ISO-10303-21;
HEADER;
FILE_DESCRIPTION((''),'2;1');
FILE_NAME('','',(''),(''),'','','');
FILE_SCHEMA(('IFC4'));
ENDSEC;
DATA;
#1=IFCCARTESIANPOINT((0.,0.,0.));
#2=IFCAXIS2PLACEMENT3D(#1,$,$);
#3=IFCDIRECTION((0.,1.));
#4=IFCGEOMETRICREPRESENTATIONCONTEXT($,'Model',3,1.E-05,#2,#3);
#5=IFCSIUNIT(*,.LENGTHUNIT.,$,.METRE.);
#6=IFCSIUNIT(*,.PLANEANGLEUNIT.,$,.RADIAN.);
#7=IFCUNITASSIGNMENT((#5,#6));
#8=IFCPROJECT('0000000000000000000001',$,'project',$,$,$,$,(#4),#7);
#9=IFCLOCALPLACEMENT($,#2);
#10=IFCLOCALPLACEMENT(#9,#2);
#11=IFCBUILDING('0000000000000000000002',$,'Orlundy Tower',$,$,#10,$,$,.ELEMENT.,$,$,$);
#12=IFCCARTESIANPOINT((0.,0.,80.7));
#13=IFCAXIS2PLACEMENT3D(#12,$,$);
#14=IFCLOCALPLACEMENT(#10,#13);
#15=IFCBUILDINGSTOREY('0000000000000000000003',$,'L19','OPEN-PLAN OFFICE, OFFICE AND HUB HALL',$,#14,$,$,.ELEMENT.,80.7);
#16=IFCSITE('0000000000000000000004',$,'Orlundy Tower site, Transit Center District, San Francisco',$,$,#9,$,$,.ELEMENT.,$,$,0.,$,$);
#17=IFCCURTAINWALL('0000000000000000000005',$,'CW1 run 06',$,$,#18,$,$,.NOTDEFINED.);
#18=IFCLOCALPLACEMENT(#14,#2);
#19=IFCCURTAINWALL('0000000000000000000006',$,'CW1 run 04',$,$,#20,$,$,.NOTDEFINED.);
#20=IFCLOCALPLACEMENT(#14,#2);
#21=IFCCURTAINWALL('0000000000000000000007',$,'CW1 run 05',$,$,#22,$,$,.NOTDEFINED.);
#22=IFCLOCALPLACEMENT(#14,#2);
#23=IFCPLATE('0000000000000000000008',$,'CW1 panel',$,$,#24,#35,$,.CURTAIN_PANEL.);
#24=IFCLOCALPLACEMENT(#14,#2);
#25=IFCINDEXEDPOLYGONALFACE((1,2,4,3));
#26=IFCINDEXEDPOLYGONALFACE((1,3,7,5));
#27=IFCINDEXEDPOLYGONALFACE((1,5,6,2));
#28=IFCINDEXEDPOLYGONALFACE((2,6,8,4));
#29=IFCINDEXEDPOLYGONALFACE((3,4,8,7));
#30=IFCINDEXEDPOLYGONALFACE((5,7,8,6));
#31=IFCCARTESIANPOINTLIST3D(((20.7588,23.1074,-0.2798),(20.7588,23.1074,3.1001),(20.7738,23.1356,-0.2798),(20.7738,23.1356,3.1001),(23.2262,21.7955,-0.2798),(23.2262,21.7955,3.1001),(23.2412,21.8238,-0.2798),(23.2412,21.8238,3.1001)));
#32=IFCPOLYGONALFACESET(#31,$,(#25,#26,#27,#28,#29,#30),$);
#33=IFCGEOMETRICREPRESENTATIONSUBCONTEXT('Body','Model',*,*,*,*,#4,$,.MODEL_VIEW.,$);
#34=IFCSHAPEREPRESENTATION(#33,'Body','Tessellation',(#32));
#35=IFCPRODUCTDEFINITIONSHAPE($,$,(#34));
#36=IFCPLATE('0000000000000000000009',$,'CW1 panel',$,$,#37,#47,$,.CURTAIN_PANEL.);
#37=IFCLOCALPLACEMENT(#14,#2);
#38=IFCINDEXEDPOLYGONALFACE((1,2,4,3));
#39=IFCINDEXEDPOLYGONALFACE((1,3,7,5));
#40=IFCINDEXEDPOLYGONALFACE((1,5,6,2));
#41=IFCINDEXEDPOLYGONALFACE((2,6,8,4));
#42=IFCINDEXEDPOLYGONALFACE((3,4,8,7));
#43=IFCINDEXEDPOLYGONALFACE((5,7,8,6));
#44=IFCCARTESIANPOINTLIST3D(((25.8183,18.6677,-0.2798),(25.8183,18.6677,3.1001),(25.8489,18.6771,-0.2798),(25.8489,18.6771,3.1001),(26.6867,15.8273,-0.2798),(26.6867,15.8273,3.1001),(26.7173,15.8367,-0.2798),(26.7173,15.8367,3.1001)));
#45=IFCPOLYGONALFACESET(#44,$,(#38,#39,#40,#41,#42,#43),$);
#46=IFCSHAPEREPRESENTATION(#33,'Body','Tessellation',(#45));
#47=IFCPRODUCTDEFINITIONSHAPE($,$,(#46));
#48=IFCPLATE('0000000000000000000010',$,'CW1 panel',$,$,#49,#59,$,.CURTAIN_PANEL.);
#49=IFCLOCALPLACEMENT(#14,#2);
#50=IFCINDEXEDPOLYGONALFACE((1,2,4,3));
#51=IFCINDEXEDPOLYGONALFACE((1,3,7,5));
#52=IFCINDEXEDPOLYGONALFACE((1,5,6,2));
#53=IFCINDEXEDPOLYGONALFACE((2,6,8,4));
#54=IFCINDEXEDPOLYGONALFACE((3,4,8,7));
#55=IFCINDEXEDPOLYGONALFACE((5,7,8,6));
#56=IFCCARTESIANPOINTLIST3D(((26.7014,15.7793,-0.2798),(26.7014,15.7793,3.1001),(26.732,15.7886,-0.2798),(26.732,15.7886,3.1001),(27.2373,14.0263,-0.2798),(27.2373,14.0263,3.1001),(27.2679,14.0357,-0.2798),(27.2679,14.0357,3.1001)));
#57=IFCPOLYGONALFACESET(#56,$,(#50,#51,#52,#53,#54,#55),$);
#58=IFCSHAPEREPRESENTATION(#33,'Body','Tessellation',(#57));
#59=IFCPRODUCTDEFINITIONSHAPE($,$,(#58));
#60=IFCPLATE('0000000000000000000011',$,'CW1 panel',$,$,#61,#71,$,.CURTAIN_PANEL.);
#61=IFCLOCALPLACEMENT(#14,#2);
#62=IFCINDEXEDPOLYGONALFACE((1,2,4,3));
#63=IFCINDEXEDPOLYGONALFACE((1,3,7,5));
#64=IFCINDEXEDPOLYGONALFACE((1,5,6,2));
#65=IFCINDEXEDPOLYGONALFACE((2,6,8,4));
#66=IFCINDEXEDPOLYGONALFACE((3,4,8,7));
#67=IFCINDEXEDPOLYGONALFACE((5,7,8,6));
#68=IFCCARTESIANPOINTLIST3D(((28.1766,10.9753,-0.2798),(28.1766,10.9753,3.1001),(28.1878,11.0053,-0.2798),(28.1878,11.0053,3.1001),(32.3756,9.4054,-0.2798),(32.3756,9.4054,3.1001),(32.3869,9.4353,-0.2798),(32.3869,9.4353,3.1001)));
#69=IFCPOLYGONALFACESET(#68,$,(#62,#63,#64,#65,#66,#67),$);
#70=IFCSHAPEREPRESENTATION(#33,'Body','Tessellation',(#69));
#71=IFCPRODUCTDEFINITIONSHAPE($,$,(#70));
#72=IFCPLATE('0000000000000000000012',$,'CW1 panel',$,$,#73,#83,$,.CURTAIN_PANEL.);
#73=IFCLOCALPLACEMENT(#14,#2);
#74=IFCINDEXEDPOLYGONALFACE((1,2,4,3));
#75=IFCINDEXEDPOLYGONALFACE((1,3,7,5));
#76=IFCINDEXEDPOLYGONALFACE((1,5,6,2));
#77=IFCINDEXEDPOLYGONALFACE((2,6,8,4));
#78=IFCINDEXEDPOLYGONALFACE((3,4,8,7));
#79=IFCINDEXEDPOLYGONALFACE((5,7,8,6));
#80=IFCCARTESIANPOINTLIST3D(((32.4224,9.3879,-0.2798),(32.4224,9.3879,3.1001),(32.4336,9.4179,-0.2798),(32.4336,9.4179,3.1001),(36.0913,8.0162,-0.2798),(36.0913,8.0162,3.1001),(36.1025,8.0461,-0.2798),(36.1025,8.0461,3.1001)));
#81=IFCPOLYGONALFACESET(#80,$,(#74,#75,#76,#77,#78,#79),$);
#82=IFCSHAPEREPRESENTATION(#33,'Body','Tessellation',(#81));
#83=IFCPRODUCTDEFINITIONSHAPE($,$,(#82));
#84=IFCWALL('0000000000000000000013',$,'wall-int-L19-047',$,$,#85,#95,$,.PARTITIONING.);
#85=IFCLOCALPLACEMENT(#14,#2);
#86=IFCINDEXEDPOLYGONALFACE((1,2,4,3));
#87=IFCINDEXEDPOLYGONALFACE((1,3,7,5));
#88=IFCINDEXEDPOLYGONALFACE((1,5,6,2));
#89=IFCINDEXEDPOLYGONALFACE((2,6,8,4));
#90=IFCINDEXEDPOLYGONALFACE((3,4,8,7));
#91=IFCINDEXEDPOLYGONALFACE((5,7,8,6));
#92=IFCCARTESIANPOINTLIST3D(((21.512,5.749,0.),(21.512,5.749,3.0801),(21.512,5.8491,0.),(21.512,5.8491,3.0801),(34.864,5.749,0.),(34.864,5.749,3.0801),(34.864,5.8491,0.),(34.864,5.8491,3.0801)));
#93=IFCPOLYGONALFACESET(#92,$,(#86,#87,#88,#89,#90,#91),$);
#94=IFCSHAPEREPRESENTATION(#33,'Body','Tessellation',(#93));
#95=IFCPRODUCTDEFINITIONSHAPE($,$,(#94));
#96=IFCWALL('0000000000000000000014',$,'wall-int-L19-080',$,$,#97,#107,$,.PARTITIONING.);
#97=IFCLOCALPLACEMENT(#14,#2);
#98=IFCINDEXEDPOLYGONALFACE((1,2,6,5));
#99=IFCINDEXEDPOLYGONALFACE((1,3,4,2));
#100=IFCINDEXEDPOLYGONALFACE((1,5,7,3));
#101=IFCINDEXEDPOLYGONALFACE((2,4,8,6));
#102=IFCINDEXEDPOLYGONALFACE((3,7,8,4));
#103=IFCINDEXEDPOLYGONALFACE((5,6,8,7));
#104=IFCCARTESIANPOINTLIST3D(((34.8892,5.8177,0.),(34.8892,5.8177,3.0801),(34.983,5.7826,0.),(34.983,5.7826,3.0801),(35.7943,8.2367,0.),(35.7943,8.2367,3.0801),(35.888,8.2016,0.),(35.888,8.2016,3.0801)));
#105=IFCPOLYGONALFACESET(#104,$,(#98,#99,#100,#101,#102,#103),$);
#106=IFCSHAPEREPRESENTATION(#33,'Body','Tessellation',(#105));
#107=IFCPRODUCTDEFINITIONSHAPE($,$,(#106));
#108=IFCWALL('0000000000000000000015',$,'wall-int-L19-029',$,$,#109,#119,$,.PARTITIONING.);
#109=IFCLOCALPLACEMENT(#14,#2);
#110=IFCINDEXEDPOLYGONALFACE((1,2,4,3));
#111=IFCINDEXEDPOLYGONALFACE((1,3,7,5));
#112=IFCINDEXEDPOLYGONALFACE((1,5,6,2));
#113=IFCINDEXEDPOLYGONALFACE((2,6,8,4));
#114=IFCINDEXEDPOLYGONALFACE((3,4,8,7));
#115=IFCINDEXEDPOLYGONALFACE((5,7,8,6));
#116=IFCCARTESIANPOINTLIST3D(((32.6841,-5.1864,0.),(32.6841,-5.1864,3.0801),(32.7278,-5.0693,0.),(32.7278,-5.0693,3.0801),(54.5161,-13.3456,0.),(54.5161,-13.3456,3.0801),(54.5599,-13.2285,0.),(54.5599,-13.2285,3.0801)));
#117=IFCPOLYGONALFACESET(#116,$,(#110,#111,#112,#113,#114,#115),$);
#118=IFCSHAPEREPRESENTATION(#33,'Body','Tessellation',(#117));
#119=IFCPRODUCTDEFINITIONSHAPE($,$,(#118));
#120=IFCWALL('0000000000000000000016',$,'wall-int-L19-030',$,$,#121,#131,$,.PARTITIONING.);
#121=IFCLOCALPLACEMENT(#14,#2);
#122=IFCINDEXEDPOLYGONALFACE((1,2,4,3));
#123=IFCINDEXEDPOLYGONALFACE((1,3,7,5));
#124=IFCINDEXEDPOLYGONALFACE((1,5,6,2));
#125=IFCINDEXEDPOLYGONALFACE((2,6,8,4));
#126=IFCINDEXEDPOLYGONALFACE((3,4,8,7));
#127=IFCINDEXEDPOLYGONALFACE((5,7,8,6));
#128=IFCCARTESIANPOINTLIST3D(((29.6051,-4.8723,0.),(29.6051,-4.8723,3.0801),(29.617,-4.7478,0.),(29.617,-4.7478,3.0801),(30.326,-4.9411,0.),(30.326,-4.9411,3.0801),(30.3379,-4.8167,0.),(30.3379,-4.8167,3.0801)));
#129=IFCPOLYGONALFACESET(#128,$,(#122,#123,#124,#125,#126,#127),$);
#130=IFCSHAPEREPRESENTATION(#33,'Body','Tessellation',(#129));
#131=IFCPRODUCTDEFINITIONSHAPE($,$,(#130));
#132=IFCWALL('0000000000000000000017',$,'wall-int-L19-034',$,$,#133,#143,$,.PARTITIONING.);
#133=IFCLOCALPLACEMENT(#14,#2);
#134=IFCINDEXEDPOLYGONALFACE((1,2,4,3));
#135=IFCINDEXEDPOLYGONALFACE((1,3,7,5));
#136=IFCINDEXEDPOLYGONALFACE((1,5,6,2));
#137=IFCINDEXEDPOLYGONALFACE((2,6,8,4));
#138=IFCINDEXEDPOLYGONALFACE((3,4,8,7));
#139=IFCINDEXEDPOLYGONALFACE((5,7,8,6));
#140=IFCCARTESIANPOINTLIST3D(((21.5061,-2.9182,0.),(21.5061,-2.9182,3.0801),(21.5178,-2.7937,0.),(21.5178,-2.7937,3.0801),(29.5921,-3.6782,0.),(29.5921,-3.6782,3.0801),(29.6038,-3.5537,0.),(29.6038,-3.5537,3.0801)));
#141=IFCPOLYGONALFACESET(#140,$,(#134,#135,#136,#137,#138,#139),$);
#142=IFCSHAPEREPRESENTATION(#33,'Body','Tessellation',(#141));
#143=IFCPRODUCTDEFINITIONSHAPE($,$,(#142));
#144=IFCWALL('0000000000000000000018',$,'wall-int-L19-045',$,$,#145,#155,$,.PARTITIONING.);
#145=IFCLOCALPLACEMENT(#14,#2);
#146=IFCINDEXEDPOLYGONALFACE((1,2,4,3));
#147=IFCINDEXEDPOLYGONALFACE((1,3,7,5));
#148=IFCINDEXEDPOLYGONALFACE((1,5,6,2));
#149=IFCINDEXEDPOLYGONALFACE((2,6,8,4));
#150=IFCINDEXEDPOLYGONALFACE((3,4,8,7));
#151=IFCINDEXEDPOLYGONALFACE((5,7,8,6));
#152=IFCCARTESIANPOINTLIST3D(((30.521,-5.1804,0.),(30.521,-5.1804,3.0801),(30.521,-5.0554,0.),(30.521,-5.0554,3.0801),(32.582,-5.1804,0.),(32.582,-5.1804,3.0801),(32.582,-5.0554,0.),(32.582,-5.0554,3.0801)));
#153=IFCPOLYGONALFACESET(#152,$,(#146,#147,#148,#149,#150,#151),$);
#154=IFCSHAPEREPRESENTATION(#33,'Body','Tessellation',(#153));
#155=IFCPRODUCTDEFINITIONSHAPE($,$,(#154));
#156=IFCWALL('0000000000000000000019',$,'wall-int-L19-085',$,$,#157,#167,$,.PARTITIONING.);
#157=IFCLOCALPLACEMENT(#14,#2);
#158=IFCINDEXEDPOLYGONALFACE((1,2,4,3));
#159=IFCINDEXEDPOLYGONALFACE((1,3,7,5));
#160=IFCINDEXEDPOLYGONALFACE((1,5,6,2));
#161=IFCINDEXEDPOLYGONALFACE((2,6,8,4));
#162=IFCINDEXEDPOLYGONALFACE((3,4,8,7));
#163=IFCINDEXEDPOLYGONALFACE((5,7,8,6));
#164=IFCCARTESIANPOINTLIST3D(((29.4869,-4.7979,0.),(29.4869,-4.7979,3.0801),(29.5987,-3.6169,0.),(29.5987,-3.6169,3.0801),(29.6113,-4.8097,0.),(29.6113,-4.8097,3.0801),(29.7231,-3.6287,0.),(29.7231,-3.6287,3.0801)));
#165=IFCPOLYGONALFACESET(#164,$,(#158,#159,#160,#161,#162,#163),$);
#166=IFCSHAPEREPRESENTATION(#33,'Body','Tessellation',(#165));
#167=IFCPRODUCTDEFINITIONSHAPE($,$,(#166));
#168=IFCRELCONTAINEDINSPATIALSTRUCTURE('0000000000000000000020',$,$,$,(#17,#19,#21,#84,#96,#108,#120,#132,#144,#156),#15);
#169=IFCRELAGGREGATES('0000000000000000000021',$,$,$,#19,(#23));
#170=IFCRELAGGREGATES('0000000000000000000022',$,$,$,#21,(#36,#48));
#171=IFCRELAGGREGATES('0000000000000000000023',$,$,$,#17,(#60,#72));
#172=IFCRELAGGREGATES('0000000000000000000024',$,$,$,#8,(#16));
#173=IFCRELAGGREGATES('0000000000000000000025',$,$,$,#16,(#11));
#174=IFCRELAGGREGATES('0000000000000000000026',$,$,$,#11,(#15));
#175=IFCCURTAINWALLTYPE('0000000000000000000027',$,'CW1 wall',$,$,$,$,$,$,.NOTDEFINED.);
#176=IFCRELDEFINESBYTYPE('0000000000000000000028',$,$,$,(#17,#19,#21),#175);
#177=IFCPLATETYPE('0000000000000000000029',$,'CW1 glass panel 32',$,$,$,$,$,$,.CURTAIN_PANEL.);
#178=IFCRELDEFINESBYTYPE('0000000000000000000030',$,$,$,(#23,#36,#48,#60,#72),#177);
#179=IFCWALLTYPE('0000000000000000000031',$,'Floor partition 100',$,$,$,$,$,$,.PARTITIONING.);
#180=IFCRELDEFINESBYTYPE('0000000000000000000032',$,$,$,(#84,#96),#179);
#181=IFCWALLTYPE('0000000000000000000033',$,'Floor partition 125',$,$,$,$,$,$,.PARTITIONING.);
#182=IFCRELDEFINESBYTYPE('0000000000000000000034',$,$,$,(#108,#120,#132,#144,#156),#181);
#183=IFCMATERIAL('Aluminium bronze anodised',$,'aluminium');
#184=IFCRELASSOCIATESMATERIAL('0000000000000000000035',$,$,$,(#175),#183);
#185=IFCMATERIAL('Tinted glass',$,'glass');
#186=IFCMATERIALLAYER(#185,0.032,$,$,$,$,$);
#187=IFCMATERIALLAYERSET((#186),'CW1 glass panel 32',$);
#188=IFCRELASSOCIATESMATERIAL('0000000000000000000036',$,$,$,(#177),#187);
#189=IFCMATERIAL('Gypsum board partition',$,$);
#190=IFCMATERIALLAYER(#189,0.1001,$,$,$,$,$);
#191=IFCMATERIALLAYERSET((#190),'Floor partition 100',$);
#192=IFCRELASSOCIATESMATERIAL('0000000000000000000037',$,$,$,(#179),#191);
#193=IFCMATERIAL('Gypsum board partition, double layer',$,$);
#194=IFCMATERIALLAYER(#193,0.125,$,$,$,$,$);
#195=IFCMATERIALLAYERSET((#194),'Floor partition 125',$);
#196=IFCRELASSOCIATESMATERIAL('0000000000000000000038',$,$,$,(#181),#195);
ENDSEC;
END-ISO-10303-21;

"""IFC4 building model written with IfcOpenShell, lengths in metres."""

from ifc_helpers import new_model, si_unit, direction, frame, frame_2d, origin, origin_2d, place, context, subcontext, project, spatial, rectangle, extrude, material, layer, layer_set, type_object, element, aggregate, save


model = new_model("IFC4")

# Units and contexts
model_context = context("Model", 3, precision=1e-05, world=origin(), true_north=direction((0.0, 1.0)))
body_context = subcontext(model_context, "Body", "Model", "MODEL_VIEW")
ifc_project = project(units=[si_unit("LENGTHUNIT", "METRE"), si_unit("PLANEANGLEUNIT", "RADIAN")], contexts=[model_context])

# Site, building, storey
site_placement = place(None, origin())
site = spatial("IfcSite", under=ifc_project, at=site_placement, Name="Orlundy Tower site, Transit Center District, San Francisco", CompositionType="ELEMENT", RefElevation=0.0)
building_placement = place(site_placement, origin())
building = spatial("IfcBuilding", under=site, at=building_placement, Name="Orlundy Tower", CompositionType="ELEMENT")
storey_placement = place(building_placement, frame((0.0, 0.0, 80.7)))
storey = spatial("IfcBuildingStorey", under=building, at=storey_placement, Name="L19", Description="OPEN-PLAN OFFICE, OFFICE AND HUB HALL", CompositionType="ELEMENT", Elevation=80.7)

# Curtain walls
ifc_material_1 = material(Name="Aluminium bronze anodised", Category="aluminium")
curtain_wall_type = type_object("IfcCurtainWallType", Name="CW1 wall", PredefinedType="NOTDEFINED", material=ifc_material_1)
curtain_wall_1_placement = place(storey_placement, origin())
curtain_wall_1 = element("IfcCurtainWall", 1, at=curtain_wall_1_placement, inside=storey, type_object=curtain_wall_type, Name="CW1 run 06", PredefinedType="NOTDEFINED")
curtain_wall_2_placement = place(storey_placement, origin())
curtain_wall_2 = element("IfcCurtainWall", 2, at=curtain_wall_2_placement, inside=storey, type_object=curtain_wall_type, Name="CW1 run 04", PredefinedType="NOTDEFINED")
curtain_wall_3_placement = place(storey_placement, origin())
curtain_wall_3 = element("IfcCurtainWall", 3, at=curtain_wall_3_placement, inside=storey, type_object=curtain_wall_type, Name="CW1 run 05", PredefinedType="NOTDEFINED")

# Plates
ifc_material_2 = material(Name="Tinted glass", Category="glass")
ifc_layer_1 = layer(ifc_material_2, 0.032)
ifc_layer_set_1 = layer_set([ifc_layer_1], Name="CW1 glass panel 32")
plate_type = type_object("IfcPlateType", Name="CW1 glass panel 32", PredefinedType="CURTAIN_PANEL", material=ifc_layer_set_1)
plate_1_placement = place(storey_placement, frame((22.0, 22.4656, -0.2798), z_axis=(0.0, 0.0, 1.0), x_axis=(0.882961, -0.469445, 0.0)))
plate_1 = element("IfcPlate", 4, at=plate_1_placement, type_object=plate_type, Name="CW1 panel", PredefinedType="CURTAIN_PANEL", context=body_context, shape_type="SweptSolid", body=[
    extrude(rectangle(XDim=2.7944, YDim=0.032, at=origin_2d()), origin(), (0.0, 0.0, 1.0), 3.3799),
])
aggregate(curtain_wall_2, [plate_1])
plate_2_placement = place(storey_placement, frame((26.2678, 17.2522, -0.2798), z_axis=(0.0, 0.0, 1.0), x_axis=(0.292362, -0.956308, 0.0)))
plate_2 = element("IfcPlate", 5, at=plate_2_placement, type_object=plate_type, Name="CW1 panel", PredefinedType="CURTAIN_PANEL", context=body_context, shape_type="SweptSolid", body=[
    extrude(rectangle(XDim=2.9702, YDim=0.032, at=origin_2d()), origin(), (0.0, 0.0, 1.0), 3.3799),
])
plate_3_placement = place(storey_placement, frame((26.9846, 14.9075, -0.2798), z_axis=(0.0, 0.0, 1.0), x_axis=(0.292362, -0.956308, 0.0)))
plate_3 = element("IfcPlate", 6, at=plate_3_placement, type_object=plate_type, Name="CW1 panel", PredefinedType="CURTAIN_PANEL", context=body_context, shape_type="SweptSolid", body=[
    extrude(rectangle(XDim=1.833, YDim=0.032, at=origin_2d()), origin(), (0.0, 0.0, 1.0), 3.3799),
])
aggregate(curtain_wall_3, [plate_2, plate_3])
plate_4_placement = place(storey_placement, frame((30.2817, 10.2053, -0.2798), z_axis=(0.0, 0.0, 1.0), x_axis=(0.936674, -0.350204, 0.0)))
plate_4 = element("IfcPlate", 7, at=plate_4_placement, type_object=plate_type, Name="CW1 panel", PredefinedType="CURTAIN_PANEL", context=body_context, shape_type="SweptSolid", body=[
    extrude(rectangle(XDim=4.4829, YDim=0.032, at=origin_2d()), origin(), (0.0, 0.0, 1.0), 3.3799),
])
plate_5_placement = place(storey_placement, frame((34.2625, 8.717, -0.2798), z_axis=(0.0, 0.0, 1.0), x_axis=(0.936674, -0.350204, 0.0)))
plate_5 = element("IfcPlate", 8, at=plate_5_placement, type_object=plate_type, Name="CW1 panel", PredefinedType="CURTAIN_PANEL", context=body_context, shape_type="SweptSolid", body=[
    extrude(rectangle(XDim=3.917, YDim=0.032, at=origin_2d()), origin(), (0.0, 0.0, 1.0), 3.3799),
])
aggregate(curtain_wall_1, [plate_4, plate_5])

# Walls
ifc_material_3 = material(Name="Gypsum board partition")
ifc_layer_2 = layer(ifc_material_3, 0.1001)
ifc_layer_set_2 = layer_set([ifc_layer_2], Name="Floor partition 100")
wall_type_1 = type_object("IfcWallType", Name="Floor partition 100", PredefinedType="PARTITIONING", material=ifc_layer_set_2)
wall_1_placement = place(storey_placement, frame((21.512, 5.7991, 0.0), z_axis=(0.0, 0.0, 1.0), x_axis=(1.0, 0.0, 0.0)))
element("IfcWall", 9, at=wall_1_placement, inside=storey, type_object=wall_type_1, Name="wall-int-L19-047", PredefinedType="PARTITIONING", context=body_context, shape_type="SweptSolid", body=[
    extrude(rectangle(XDim=13.3521, YDim=0.1001, at=frame_2d((6.676, 0.0))), origin(), (0.0, 0.0, 1.0), 3.0801),
])
wall_2_placement = place(storey_placement, frame((34.936, 5.8, 0.0), z_axis=(0.0, 0.0, 1.0), x_axis=(0.350419, 0.936593, 0.0)))
element("IfcWall", 10, at=wall_2_placement, inside=storey, type_object=wall_type_1, Name="wall-int-L19-080", PredefinedType="PARTITIONING", context=body_context, shape_type="SweptSolid", body=[
    extrude(rectangle(XDim=2.5828, YDim=0.1001, at=frame_2d((1.2915, 0.0))), origin(), (0.0, 0.0, 1.0), 3.0801),
])
ifc_material_4 = material(Name="Gypsum board partition, double layer")
ifc_layer_3 = layer(ifc_material_4, 0.125)
ifc_layer_set_3 = layer_set([ifc_layer_3], Name="Floor partition 125")
wall_type_2 = type_object("IfcWallType", Name="Floor partition 125", PredefinedType="PARTITIONING", material=ifc_layer_set_3)
wall_3_placement = place(storey_placement, frame((32.7061, -5.1279, 0.0), z_axis=(0.0, 0.0, 1.0), x_axis=(0.936721, -0.350076, 0.0)))
element("IfcWall", 11, at=wall_3_placement, inside=storey, type_object=wall_type_2, Name="wall-int-L19-029", PredefinedType="PARTITIONING", context=body_context, shape_type="SweptSolid", body=[
    extrude(rectangle(XDim=23.3069, YDim=0.125, at=frame_2d((11.6533, 0.0))), origin(), (0.0, 0.0, 1.0), 3.0801),
])
wall_4_placement = place(storey_placement, frame((29.6111, -4.8101, 0.0), z_axis=(0.0, 0.0, 1.0), x_axis=(0.995471, -0.095064, 0.0)))
element("IfcWall", 12, at=wall_4_placement, inside=storey, type_object=wall_type_2, Name="wall-int-L19-030", PredefinedType="PARTITIONING", context=body_context, shape_type="SweptSolid", body=[
    extrude(rectangle(XDim=0.7241, YDim=0.125, at=frame_2d((0.3621, 0.0))), origin(), (0.0, 0.0, 1.0), 3.0801),
])
wall_5_placement = place(storey_placement, frame((21.512, -2.856, 0.0), z_axis=(0.0, 0.0, 1.0), x_axis=(0.995612, -0.093579, 0.0)))
element("IfcWall", 13, at=wall_5_placement, inside=storey, type_object=wall_type_2, Name="wall-int-L19-034", PredefinedType="PARTITIONING", context=body_context, shape_type="SweptSolid", body=[
    extrude(rectangle(XDim=8.1216, YDim=0.125, at=frame_2d((4.0608, 0.0))), origin(), (0.0, 0.0, 1.0), 3.0801),
])
wall_6_placement = place(storey_placement, frame((30.521, -5.1179, 0.0), z_axis=(0.0, 0.0, 1.0), x_axis=(1.0, 0.0, 0.0)))
element("IfcWall", 14, at=wall_6_placement, inside=storey, type_object=wall_type_2, Name="wall-int-L19-045", PredefinedType="PARTITIONING", context=body_context, shape_type="SweptSolid", body=[
    extrude(rectangle(XDim=2.061, YDim=0.125, at=frame_2d((1.0305, 0.0))), origin(), (0.0, 0.0, 1.0), 3.0801),
])
wall_7_placement = place(storey_placement, frame((29.5491, -4.804, 0.0), z_axis=(0.0, 0.0, 1.0), x_axis=(0.094265, 0.995547, 0.0)))
element("IfcWall", 15, at=wall_7_placement, inside=storey, type_object=wall_type_2, Name="wall-int-L19-085", PredefinedType="PARTITIONING", context=body_context, shape_type="SweptSolid", body=[
    extrude(rectangle(XDim=1.1863, YDim=0.125, at=frame_2d((0.5933, 0.0))), origin(), (0.0, 0.0, 1.0), 3.0801),
])

save(model, "model.ifc")
